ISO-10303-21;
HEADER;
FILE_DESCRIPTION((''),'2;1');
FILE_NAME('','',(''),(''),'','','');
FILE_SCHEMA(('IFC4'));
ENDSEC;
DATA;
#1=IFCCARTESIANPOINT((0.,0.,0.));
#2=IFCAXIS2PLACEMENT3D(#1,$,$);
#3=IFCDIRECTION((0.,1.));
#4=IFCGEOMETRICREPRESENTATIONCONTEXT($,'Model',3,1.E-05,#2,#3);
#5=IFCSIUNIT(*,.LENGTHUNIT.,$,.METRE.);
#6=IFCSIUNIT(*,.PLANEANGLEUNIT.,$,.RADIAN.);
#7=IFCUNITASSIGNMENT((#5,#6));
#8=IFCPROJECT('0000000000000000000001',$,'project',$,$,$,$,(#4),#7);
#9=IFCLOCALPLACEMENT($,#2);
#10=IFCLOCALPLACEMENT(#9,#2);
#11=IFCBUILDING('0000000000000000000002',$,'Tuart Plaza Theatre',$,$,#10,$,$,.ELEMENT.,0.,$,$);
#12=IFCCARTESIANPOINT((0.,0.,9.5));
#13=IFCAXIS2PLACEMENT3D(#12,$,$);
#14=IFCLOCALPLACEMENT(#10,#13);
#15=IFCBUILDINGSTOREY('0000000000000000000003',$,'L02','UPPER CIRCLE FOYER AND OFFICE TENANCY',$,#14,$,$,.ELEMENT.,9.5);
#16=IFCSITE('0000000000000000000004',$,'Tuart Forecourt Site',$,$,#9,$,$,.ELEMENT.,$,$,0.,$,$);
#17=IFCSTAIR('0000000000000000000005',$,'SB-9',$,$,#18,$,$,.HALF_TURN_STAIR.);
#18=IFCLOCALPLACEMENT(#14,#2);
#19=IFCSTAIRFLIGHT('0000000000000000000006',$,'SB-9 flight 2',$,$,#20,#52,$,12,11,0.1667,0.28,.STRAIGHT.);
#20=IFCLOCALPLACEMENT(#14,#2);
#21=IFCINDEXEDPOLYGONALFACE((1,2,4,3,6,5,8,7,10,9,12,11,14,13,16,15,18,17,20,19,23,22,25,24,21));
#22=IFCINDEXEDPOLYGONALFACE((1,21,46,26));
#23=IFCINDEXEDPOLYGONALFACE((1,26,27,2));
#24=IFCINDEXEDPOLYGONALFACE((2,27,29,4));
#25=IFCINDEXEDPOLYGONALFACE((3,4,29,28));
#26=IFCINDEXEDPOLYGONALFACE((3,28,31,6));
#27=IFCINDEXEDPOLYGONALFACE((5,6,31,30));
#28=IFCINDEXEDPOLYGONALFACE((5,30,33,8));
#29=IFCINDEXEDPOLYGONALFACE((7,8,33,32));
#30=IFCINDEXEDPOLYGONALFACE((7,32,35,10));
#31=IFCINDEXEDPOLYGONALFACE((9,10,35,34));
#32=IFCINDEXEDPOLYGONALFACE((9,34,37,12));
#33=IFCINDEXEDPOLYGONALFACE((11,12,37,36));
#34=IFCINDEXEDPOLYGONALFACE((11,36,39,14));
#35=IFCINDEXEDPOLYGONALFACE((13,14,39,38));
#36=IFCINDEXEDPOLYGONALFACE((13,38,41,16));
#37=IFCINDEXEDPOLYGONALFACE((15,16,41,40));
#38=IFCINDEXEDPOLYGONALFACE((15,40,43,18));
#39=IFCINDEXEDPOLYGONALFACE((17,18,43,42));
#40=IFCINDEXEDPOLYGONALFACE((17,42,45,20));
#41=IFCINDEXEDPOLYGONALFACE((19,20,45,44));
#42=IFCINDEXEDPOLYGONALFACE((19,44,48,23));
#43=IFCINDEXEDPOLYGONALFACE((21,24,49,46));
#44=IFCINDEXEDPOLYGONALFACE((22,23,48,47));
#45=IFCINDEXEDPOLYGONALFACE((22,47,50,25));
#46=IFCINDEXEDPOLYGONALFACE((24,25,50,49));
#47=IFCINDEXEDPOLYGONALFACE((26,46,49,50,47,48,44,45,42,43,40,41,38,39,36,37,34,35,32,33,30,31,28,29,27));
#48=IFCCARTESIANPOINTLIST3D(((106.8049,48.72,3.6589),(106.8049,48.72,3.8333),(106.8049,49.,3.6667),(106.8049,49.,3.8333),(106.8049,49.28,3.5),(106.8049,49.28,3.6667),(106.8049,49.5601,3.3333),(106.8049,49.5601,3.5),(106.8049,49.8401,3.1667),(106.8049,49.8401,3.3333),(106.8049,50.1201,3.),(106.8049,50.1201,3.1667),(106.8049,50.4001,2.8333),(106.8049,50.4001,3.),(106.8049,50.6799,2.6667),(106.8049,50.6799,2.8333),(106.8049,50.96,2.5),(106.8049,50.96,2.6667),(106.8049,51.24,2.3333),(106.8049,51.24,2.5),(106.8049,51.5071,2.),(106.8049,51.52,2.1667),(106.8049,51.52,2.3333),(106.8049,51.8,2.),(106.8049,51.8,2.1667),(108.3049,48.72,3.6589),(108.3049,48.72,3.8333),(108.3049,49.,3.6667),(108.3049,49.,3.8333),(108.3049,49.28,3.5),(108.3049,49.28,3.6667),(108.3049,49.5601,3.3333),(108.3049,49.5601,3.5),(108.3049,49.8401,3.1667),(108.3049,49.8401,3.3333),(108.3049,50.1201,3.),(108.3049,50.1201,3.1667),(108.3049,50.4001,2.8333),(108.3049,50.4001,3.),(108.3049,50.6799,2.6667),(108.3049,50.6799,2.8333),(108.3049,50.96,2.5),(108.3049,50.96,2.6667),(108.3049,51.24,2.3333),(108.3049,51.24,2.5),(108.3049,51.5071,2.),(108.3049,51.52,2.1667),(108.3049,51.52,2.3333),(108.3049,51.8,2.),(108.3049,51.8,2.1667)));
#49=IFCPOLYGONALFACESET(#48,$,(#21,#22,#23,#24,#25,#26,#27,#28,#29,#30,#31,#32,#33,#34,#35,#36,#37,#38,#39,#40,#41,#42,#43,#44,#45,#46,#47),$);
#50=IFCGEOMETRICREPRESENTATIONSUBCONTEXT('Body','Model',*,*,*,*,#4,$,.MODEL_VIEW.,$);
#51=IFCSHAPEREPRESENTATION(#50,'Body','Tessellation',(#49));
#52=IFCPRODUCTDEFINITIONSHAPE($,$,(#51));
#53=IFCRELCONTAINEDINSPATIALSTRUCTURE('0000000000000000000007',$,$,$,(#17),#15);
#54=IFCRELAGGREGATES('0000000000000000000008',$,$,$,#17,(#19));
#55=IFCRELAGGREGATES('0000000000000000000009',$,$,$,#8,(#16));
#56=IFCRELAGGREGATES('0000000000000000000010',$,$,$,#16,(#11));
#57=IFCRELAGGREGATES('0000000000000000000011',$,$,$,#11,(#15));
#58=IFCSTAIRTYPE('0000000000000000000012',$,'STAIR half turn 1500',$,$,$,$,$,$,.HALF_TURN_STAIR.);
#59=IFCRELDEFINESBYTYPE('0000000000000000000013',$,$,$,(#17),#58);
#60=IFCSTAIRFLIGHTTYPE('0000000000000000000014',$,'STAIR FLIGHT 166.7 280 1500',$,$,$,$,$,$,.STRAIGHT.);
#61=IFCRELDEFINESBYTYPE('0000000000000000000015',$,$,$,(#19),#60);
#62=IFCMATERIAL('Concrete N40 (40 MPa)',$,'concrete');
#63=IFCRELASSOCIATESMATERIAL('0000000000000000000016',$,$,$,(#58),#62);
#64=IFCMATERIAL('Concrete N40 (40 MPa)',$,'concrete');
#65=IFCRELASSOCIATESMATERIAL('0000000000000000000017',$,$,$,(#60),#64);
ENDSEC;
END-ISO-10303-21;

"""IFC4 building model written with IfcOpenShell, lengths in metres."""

from ifc_helpers import new_model, si_unit, direction, frame, origin, place, context, subcontext, project, spatial, polyline, outline, extrude, material, type_object, element, aggregate, save


model = new_model("IFC4")

# Units and contexts
model_context = context("Model", 3, precision=1e-05, world=origin(), true_north=direction((0.0, 1.0)))
body_context = subcontext(model_context, "Body", "Model", "MODEL_VIEW")
ifc_project = project(units=[si_unit("LENGTHUNIT", "METRE"), si_unit("PLANEANGLEUNIT", "RADIAN")], contexts=[model_context])

# Site, building, storey
site_placement = place(None, origin())
site = spatial("IfcSite", under=ifc_project, at=site_placement, Name="Tuart Forecourt Site", CompositionType="ELEMENT", RefElevation=0.0)
building_placement = place(site_placement, origin())
building = spatial("IfcBuilding", under=site, at=building_placement, Name="Tuart Plaza Theatre", CompositionType="ELEMENT", ElevationOfRefHeight=0.0)
storey_placement = place(building_placement, frame((0.0, 0.0, 9.5)))
storey = spatial("IfcBuildingStorey", under=building, at=storey_placement, Name="L02", Description="UPPER CIRCLE FOYER AND OFFICE TENANCY", CompositionType="ELEMENT", Elevation=9.5)

# Stair, stair flight
ifc_material_1 = material(Name="Concrete N40 (40 MPa)", Category="concrete")
stair_type = type_object("IfcStairType", Name="STAIR half turn 1500", PredefinedType="HALF_TURN_STAIR", material=ifc_material_1)
stair_placement = place(storey_placement, origin())
stair = element("IfcStair", 1, at=stair_placement, inside=storey, type_object=stair_type, Name="SB-9", PredefinedType="HALF_TURN_STAIR")
ifc_material_2 = material(Name="Concrete N40 (40 MPa)", Category="concrete")
stair_flight_type = type_object("IfcStairFlightType", Name="STAIR FLIGHT 166.7 280 1500", PredefinedType="STRAIGHT", material=ifc_material_2)
stair_flight_placement = place(storey_placement, frame((107.5549, 51.8, 2.0), z_axis=(0.0, 0.0, 1.0), x_axis=(0.0, -1.0, 0.0)))
stair_flight = element("IfcStairFlight", 2, at=stair_flight_placement, type_object=stair_flight_type, Name="SB-9 flight 2", NumberOfRisers=12, NumberOfTreads=11, PredefinedType="STRAIGHT", RiserHeight=0.1667, TreadLength=0.28, context=body_context, shape_type="SweptSolid", body=[
    extrude(outline(polyline([(0.0, 0.0), (0.0, 0.1667), (0.28, 0.1667), (0.28, 0.3333), (0.5601, 0.3333), (0.5601, 0.5), (0.8401, 0.5), (0.8401, 0.6667), (1.1201, 0.6667), (1.1201, 0.8333), (1.3999, 0.8333), (1.3999, 1.0), (1.6799, 1.0), (1.6799, 1.1667), (1.96, 1.1667), (1.96, 1.3333), (2.24, 1.3333), (2.24, 1.5), (2.52, 1.5), (2.52, 1.6667), (2.8, 1.6667), (2.8, 1.8333), (3.0801, 1.8333), (3.0801, 2.0), (3.0801, 1.6589), (0.293, 0.0), (0.0, 0.0)])), frame((0.0, 0.75, 0.0), z_axis=(0.0, -1.0, 0.0), x_axis=(1.0, 0.0, 0.0)), (0.0, 0.0, 1.0), 1.5),
])
aggregate(stair, [stair_flight])

save(model, "model.ifc")
